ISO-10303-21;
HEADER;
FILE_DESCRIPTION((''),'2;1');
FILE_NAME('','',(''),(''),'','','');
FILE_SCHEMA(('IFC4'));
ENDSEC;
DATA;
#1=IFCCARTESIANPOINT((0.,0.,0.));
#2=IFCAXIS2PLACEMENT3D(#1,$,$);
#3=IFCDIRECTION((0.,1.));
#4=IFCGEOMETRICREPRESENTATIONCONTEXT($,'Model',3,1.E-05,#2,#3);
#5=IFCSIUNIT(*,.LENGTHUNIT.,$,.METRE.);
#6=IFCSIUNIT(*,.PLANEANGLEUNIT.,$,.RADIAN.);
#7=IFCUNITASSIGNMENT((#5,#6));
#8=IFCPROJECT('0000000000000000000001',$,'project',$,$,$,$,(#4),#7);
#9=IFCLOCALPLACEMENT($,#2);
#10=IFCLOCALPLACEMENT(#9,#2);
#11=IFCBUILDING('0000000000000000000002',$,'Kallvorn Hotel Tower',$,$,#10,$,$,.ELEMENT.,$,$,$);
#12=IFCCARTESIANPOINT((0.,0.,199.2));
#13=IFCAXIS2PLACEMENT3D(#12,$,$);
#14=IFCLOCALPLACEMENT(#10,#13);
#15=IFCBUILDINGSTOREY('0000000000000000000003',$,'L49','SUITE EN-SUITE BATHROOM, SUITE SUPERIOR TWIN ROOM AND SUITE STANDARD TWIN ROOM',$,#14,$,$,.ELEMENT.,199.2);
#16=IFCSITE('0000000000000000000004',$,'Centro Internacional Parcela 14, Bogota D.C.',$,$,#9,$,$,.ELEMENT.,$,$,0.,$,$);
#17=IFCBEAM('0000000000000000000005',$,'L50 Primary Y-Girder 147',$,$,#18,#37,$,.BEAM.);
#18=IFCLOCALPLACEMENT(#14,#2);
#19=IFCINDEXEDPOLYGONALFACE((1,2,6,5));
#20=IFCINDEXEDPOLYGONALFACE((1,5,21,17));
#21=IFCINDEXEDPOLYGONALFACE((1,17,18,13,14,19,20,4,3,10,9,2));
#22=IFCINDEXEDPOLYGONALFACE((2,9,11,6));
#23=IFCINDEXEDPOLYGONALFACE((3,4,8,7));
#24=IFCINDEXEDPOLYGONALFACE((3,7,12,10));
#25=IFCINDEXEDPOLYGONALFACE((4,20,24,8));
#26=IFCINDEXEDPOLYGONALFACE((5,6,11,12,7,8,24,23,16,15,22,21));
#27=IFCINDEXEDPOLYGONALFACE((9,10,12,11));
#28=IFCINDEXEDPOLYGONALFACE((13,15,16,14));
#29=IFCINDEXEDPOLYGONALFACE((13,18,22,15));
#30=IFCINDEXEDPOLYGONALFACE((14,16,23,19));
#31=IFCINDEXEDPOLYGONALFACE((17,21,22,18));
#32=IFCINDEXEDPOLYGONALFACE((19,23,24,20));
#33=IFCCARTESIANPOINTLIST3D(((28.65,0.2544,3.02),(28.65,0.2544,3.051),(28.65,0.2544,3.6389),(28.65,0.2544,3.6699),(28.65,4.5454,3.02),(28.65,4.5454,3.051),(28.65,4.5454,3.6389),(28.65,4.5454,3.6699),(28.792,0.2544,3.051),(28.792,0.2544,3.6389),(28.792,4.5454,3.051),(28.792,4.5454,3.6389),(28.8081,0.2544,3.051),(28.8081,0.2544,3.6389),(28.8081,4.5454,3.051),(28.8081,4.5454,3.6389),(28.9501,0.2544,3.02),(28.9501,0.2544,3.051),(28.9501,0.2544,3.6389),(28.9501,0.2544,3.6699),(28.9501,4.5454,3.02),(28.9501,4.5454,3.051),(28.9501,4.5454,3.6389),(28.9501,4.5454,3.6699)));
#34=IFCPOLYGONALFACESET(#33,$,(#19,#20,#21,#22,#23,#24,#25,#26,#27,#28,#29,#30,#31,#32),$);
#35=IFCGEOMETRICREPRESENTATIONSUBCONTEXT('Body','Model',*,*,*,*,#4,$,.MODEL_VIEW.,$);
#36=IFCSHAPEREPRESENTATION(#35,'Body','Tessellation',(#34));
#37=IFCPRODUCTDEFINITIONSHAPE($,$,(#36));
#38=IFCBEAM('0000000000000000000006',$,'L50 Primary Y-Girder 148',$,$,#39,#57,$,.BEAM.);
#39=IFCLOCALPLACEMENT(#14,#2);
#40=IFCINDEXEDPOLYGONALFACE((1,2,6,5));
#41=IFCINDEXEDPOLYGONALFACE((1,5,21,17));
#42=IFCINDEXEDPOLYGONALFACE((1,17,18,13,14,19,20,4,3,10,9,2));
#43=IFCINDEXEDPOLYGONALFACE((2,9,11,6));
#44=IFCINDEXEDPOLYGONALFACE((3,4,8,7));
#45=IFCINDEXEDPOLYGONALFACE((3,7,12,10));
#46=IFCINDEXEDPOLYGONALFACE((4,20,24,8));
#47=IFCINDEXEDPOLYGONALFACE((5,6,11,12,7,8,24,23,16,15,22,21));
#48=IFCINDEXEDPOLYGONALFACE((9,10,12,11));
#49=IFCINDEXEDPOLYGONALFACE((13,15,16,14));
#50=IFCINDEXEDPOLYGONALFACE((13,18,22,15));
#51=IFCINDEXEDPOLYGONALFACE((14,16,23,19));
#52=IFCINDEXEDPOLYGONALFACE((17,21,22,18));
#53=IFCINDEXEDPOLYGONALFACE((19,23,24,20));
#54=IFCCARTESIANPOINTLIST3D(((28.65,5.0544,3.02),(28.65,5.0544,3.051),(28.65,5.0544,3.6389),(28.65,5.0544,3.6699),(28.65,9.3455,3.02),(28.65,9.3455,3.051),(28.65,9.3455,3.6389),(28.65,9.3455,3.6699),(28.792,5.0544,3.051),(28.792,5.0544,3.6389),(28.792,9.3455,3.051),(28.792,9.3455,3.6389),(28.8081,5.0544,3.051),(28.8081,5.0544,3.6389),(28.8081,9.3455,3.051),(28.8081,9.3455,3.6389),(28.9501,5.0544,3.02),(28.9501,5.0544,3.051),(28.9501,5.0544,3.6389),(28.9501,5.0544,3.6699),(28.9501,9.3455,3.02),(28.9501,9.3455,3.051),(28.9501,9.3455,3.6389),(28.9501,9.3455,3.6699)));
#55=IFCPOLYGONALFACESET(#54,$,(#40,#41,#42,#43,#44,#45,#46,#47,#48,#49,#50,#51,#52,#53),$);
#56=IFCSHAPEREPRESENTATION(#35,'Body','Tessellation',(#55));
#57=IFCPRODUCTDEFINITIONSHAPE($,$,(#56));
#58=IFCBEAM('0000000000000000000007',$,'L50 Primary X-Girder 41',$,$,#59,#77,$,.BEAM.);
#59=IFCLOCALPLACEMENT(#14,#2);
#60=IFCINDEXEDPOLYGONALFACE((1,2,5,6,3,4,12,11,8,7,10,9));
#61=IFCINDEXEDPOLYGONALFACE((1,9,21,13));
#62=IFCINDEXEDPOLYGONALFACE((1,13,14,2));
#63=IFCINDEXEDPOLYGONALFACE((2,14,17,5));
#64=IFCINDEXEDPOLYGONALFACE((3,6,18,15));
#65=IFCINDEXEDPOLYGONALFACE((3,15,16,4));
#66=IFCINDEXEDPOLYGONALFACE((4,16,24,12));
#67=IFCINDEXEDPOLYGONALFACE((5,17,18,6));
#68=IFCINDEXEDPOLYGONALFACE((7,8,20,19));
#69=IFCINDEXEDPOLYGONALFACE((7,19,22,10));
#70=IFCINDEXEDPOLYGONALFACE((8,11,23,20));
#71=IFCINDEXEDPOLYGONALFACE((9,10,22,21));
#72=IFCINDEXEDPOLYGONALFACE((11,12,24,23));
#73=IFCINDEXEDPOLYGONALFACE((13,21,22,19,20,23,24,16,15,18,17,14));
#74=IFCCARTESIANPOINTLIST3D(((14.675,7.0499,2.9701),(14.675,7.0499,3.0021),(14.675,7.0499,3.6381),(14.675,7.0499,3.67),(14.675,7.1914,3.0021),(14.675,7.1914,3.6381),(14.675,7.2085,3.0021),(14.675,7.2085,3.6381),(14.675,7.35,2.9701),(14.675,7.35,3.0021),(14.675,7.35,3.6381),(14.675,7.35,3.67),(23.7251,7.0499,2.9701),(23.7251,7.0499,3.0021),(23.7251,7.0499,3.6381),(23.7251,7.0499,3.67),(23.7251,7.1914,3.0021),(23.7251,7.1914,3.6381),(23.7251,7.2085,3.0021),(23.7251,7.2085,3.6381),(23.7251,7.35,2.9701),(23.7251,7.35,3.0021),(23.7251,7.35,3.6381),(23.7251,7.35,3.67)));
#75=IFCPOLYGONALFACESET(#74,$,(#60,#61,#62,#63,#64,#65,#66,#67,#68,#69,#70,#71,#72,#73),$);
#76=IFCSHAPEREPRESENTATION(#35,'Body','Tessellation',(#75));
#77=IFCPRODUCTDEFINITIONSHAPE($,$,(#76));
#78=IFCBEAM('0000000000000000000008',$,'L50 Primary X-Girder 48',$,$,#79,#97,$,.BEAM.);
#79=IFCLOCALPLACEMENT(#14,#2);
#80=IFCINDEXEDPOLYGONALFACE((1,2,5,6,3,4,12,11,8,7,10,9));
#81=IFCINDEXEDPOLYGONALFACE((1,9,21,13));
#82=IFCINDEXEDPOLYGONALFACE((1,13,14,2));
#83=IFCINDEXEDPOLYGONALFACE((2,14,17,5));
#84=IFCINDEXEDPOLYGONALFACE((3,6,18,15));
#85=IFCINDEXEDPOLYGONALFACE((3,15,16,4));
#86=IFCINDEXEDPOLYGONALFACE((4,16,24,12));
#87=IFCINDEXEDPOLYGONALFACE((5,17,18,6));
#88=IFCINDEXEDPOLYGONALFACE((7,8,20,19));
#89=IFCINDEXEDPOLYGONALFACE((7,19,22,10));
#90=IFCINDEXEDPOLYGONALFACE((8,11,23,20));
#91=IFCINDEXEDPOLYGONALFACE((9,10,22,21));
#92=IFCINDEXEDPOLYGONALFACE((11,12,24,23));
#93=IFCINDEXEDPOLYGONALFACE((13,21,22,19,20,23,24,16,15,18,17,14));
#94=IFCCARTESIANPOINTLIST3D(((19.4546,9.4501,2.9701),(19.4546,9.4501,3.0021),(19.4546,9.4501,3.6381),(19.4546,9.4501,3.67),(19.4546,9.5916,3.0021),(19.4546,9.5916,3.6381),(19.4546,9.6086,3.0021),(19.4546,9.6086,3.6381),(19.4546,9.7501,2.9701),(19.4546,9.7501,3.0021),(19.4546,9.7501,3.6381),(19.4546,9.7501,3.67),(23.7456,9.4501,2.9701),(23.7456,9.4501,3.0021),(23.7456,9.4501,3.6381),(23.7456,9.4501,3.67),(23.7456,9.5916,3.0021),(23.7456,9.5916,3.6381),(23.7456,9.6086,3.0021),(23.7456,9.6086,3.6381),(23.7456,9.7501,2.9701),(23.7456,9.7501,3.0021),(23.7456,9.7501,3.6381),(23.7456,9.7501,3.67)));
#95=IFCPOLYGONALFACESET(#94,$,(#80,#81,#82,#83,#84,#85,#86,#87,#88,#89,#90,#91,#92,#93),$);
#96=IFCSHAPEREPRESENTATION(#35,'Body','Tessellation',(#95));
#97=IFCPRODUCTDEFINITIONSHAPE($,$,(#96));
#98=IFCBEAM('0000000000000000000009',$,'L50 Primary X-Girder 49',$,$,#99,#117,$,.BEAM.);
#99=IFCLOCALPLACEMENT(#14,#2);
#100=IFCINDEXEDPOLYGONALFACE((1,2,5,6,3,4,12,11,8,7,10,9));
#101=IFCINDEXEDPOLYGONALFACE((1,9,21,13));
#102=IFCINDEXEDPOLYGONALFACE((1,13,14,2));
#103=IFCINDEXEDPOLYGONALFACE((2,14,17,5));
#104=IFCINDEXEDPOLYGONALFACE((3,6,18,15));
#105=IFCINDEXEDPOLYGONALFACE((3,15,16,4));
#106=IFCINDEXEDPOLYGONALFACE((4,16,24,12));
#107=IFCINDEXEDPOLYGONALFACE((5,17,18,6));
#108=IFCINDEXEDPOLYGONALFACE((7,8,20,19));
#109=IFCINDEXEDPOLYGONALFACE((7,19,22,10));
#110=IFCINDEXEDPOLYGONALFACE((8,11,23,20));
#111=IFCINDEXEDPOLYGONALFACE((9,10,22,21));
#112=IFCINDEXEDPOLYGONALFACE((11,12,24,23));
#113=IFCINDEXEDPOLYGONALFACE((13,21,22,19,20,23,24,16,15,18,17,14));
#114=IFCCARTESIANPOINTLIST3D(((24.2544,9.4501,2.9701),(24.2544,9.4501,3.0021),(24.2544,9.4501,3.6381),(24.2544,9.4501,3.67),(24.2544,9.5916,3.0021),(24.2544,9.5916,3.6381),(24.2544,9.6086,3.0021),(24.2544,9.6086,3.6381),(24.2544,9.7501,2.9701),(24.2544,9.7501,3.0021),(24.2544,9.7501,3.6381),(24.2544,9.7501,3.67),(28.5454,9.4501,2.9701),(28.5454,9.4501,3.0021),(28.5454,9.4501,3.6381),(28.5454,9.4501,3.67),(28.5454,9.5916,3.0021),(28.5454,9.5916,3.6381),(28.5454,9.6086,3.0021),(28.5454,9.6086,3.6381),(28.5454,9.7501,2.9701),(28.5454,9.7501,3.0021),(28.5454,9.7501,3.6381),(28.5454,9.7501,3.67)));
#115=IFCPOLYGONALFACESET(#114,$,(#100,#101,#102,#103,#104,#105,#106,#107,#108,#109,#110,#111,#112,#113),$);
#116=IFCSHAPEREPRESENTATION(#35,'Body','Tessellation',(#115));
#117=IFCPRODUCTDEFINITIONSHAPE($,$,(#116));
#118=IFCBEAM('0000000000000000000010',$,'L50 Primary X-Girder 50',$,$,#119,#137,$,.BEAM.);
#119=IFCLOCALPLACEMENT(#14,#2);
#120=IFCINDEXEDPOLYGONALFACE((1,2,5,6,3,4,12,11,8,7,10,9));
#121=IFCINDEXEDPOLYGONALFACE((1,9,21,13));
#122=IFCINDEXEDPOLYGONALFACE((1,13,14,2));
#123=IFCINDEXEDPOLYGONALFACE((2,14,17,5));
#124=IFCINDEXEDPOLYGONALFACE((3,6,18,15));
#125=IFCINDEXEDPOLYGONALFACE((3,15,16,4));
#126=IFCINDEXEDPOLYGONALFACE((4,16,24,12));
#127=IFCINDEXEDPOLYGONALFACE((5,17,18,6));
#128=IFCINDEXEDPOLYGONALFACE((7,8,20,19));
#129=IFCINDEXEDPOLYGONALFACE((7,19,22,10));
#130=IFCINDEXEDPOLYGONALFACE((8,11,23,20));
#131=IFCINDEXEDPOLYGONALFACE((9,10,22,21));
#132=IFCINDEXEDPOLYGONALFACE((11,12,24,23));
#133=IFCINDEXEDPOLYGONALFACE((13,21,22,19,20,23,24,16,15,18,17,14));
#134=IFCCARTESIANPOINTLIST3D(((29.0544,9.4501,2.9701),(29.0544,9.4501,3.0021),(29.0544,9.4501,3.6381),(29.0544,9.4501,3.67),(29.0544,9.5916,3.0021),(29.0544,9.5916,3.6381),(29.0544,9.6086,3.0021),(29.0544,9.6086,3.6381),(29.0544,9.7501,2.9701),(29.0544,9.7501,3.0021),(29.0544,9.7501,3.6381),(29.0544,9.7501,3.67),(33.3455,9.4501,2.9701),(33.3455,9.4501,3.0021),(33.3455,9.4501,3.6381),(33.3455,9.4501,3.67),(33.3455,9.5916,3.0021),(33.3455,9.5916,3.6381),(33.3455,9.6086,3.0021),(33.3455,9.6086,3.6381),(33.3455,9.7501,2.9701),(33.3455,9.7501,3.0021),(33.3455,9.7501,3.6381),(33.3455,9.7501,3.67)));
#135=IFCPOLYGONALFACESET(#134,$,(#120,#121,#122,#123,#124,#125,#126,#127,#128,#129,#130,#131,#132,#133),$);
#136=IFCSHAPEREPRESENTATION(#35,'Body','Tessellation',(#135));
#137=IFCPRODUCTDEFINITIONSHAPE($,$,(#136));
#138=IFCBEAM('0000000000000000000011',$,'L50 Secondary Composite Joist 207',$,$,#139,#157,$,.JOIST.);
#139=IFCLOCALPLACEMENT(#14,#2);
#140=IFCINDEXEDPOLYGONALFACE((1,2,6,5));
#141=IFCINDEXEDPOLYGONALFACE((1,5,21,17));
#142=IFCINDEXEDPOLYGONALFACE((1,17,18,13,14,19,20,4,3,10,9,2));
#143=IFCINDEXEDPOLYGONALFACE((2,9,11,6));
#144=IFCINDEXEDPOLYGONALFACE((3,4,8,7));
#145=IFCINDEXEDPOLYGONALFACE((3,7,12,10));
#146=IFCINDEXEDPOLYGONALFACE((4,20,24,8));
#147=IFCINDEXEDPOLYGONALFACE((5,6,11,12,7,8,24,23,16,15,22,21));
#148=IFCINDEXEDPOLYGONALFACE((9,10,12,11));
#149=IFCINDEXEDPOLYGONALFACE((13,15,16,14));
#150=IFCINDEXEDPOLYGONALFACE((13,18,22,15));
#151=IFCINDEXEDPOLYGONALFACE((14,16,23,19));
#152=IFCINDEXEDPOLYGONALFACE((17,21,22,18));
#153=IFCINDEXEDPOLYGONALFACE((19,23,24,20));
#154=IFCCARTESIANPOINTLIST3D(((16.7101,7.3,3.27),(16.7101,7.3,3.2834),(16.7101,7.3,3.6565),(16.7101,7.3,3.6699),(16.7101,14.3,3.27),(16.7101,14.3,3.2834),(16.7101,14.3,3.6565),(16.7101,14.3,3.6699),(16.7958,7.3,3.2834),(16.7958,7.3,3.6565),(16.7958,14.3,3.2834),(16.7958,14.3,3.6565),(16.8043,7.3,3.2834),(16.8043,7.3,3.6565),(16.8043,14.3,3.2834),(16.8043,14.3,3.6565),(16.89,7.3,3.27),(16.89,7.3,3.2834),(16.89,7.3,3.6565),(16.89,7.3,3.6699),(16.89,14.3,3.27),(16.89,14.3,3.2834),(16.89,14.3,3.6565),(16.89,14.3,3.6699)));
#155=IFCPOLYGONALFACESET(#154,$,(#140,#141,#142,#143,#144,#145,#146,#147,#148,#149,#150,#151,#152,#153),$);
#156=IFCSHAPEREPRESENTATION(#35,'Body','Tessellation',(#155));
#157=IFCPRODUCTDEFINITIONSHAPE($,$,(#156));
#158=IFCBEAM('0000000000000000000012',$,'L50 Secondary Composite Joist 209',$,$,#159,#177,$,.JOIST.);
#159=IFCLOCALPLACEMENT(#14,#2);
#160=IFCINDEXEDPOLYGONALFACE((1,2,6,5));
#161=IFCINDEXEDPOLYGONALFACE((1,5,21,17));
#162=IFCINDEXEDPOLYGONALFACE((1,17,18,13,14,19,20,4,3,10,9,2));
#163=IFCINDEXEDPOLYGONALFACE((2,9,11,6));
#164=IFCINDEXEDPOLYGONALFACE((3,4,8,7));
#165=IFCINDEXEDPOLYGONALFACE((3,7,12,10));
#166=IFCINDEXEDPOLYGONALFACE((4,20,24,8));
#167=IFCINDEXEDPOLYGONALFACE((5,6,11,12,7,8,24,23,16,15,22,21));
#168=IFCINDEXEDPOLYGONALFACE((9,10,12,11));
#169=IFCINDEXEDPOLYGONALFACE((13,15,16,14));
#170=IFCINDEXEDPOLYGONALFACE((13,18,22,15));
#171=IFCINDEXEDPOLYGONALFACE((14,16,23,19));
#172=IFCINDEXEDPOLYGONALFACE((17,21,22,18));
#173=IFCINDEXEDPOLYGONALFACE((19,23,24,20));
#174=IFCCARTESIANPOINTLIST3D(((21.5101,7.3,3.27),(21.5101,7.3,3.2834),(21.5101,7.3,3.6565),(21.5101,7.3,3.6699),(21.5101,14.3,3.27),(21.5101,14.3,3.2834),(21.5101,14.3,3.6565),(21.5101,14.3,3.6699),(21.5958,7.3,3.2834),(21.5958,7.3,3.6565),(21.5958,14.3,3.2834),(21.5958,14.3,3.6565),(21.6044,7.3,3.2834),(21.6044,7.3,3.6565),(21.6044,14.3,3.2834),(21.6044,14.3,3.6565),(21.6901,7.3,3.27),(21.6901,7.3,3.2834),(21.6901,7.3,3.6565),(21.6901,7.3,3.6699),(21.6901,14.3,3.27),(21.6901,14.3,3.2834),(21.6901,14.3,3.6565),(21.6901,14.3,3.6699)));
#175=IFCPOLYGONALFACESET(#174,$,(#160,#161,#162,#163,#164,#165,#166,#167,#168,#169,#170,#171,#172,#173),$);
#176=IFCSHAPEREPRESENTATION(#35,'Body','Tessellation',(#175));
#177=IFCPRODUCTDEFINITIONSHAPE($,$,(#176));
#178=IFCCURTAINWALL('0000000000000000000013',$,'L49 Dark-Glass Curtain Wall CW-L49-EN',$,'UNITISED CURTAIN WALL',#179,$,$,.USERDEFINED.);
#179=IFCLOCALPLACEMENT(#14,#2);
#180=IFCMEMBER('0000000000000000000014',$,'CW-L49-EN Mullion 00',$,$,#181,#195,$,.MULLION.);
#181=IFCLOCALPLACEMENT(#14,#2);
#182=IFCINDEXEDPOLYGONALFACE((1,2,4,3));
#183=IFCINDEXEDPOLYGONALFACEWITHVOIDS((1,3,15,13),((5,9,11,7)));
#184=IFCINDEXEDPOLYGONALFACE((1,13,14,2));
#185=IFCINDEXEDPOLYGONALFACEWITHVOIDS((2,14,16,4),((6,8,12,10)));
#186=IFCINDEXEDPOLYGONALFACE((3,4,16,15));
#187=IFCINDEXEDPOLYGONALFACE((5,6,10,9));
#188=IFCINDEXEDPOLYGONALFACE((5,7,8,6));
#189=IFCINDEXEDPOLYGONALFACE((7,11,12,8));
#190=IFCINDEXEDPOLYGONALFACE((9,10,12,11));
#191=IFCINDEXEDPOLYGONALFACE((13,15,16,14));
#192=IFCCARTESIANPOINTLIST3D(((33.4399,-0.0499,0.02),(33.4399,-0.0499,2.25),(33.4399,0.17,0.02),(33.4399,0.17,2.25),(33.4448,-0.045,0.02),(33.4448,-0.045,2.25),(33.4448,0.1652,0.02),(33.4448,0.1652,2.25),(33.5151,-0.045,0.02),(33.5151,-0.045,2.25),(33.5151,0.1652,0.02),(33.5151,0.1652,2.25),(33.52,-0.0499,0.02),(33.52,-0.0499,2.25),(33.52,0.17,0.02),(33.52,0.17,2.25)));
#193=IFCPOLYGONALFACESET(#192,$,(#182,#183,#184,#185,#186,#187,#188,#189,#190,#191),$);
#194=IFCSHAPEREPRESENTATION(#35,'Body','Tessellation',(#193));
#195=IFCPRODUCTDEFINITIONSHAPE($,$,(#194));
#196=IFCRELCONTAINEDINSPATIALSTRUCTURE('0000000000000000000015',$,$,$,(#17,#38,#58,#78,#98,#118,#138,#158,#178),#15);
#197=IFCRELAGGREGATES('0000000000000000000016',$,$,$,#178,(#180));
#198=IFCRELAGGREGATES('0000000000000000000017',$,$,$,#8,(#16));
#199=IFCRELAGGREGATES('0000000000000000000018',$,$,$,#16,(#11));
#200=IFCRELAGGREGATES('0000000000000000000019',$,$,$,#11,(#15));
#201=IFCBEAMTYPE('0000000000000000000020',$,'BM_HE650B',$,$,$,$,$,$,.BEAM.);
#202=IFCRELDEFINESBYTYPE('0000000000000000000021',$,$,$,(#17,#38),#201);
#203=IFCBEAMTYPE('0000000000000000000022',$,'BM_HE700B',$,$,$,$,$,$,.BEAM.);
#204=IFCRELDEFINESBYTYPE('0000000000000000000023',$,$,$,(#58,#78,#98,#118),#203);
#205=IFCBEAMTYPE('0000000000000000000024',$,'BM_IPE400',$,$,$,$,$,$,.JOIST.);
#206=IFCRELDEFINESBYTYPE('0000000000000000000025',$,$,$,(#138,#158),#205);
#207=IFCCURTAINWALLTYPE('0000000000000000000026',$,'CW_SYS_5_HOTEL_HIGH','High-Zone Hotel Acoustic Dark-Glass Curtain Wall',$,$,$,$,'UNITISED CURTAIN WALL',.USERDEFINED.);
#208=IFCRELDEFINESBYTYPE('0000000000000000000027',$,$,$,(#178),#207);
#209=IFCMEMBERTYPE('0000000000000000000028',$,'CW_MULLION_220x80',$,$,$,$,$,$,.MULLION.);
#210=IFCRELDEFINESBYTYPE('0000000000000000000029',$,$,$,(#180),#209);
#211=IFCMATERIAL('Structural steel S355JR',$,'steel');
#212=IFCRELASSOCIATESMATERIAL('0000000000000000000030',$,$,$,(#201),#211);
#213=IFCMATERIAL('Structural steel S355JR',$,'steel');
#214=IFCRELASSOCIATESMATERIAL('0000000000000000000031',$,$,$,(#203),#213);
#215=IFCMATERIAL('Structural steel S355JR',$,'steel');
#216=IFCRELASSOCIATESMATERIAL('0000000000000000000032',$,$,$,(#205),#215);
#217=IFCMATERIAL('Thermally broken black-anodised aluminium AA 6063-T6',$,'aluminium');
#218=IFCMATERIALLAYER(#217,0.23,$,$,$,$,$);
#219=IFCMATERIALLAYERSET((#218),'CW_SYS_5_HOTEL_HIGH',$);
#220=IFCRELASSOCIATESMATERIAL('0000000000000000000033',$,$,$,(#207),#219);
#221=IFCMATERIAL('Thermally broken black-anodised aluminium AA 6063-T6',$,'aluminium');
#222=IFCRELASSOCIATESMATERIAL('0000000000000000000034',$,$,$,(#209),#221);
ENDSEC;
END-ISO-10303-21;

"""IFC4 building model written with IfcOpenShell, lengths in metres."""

from ifc_helpers import new_model, si_unit, direction, frame, origin, origin_2d, place, context, subcontext, project, spatial, hollow_rectangle, i_section, extrude, material, layer, layer_set, material_profile, profile_set, type_object, element, aggregate, save


model = new_model("IFC4")

# Units and contexts
model_context = context("Model", 3, precision=1e-05, world=origin(), true_north=direction((0.0, 1.0)))
body_context = subcontext(model_context, "Body", "Model", "MODEL_VIEW")
ifc_project = project(units=[si_unit("LENGTHUNIT", "METRE"), si_unit("PLANEANGLEUNIT", "RADIAN")], contexts=[model_context])

# Site, building, storey
site_placement = place(None, origin())
site = spatial("IfcSite", under=ifc_project, at=site_placement, Name="Centro Internacional Parcela 14, Bogota D.C.", CompositionType="ELEMENT", RefElevation=0.0)
building_placement = place(site_placement, origin())
building = spatial("IfcBuilding", under=site, at=building_placement, Name="Kallvorn Hotel Tower", CompositionType="ELEMENT")
storey_placement = place(building_placement, frame((0.0, 0.0, 199.2)))
storey = spatial("IfcBuildingStorey", under=building, at=storey_placement, Name="L49", Description="SUITE EN-SUITE BATHROOM, SUITE SUPERIOR TWIN ROOM AND SUITE STANDARD TWIN ROOM", CompositionType="ELEMENT", Elevation=199.2)

# Beams
ifc_material_1 = material(Name="Structural steel S355JR", Category="steel")
ifc_material_profile_1 = material_profile(ifc_material_1, i_section(OverallWidth=0.3, OverallDepth=0.6499, WebThickness=0.0161, FlangeThickness=0.031, at=origin_2d()), Name="HE 650 B")
ifc_profile_set_1 = profile_set([ifc_material_profile_1], Name="Structural steel S355JR")
beam_type_1 = type_object("IfcBeamType", Name="BM_HE650B", PredefinedType="BEAM", material=ifc_profile_set_1)
for number, where, z_axis, x_axis, name in (
    (1, (28.8, 0.2544, 3.345), (0.0, 1.0, 0.0), (-1.0, 0.0, 0.0), "L50 Primary Y-Girder 147"),
    (2, (28.8, 5.0544, 3.345), (0.0, 1.0, 0.0), (-1.0, 0.0, 0.0), "L50 Primary Y-Girder 148"),
):
    element("IfcBeam", number, at=place(storey_placement, frame(where, z_axis=z_axis, x_axis=x_axis)), inside=storey, type_object=beam_type_1, Name=name, PredefinedType="BEAM", context=body_context, shape_type="SweptSolid", body=[
        extrude(i_section(OverallWidth=0.3, OverallDepth=0.6499, WebThickness=0.0161, FlangeThickness=0.031, at=origin_2d()), origin(), (0.0, 0.0, 1.0), 4.291),
    ])
ifc_material_2 = material(Name="Structural steel S355JR", Category="steel")
ifc_material_profile_2 = material_profile(ifc_material_2, i_section(OverallWidth=0.3, OverallDepth=0.7, WebThickness=0.0171, FlangeThickness=0.032, at=origin_2d()), Name="HE 700 B")
ifc_profile_set_2 = profile_set([ifc_material_profile_2], Name="Structural steel S355JR")
beam_type_2 = type_object("IfcBeamType", Name="BM_HE700B", PredefinedType="BEAM", material=ifc_profile_set_2)
beam_1_placement = place(storey_placement, frame((14.675, 7.2, 3.3201), z_axis=(1.0, 0.0, 0.0), x_axis=(0.0, 1.0, 0.0)))
element("IfcBeam", 3, at=beam_1_placement, inside=storey, type_object=beam_type_2, Name="L50 Primary X-Girder 41", PredefinedType="BEAM", context=body_context, shape_type="SweptSolid", body=[
    extrude(i_section(OverallWidth=0.3, OverallDepth=0.7, WebThickness=0.0171, FlangeThickness=0.032, at=origin_2d()), origin(), (0.0, 0.0, 1.0), 9.05),
])
for number, where, z_axis, x_axis, name in (
    (4, (19.4546, 9.6001, 3.3201), (1.0, 0.0, 0.0), (0.0, 1.0, 0.0), "L50 Primary X-Girder 48"),
    (5, (24.2544, 9.6001, 3.3201), (1.0, 0.0, 0.0), (0.0, 1.0, 0.0), "L50 Primary X-Girder 49"),
    (6, (29.0544, 9.6001, 3.3201), (1.0, 0.0, 0.0), (0.0, 1.0, 0.0), "L50 Primary X-Girder 50"),
):
    element("IfcBeam", number, at=place(storey_placement, frame(where, z_axis=z_axis, x_axis=x_axis)), inside=storey, type_object=beam_type_2, Name=name, PredefinedType="BEAM", context=body_context, shape_type="SweptSolid", body=[
        extrude(i_section(OverallWidth=0.3, OverallDepth=0.7, WebThickness=0.0171, FlangeThickness=0.032, at=origin_2d()), origin(), (0.0, 0.0, 1.0), 4.291),
    ])
ifc_material_3 = material(Name="Structural steel S355JR", Category="steel")
ifc_material_profile_3 = material_profile(ifc_material_3, i_section(OverallWidth=0.1799, OverallDepth=0.3999, WebThickness=0.0085, FlangeThickness=0.0134, at=origin_2d()), Name="IPE 400")
ifc_profile_set_3 = profile_set([ifc_material_profile_3], Name="Structural steel S355JR")
beam_type_3 = type_object("IfcBeamType", Name="BM_IPE400", PredefinedType="JOIST", material=ifc_profile_set_3)
for number, where, z_axis, x_axis, name in (
    (7, (16.8, 7.3, 3.47), (0.0, 1.0, 0.0), (-1.0, 0.0, 0.0), "L50 Secondary Composite Joist 207"),
    (8, (21.6001, 7.3, 3.47), (0.0, 1.0, 0.0), (-1.0, 0.0, 0.0), "L50 Secondary Composite Joist 209"),
):
    element("IfcBeam", number, at=place(storey_placement, frame(where, z_axis=z_axis, x_axis=x_axis)), inside=storey, type_object=beam_type_3, Name=name, PredefinedType="JOIST", context=body_context, shape_type="SweptSolid", body=[
        extrude(i_section(OverallWidth=0.1799, OverallDepth=0.3999, WebThickness=0.0085, FlangeThickness=0.0134, at=origin_2d()), origin(), (0.0, 0.0, 1.0), 7.0),
    ])

# Curtain wall, member
ifc_material_4 = material(Name="Thermally broken black-anodised aluminium AA 6063-T6", Category="aluminium")
ifc_layer_1 = layer(ifc_material_4, 0.23)
ifc_layer_set_1 = layer_set([ifc_layer_1], Name="CW_SYS_5_HOTEL_HIGH")
curtain_wall_type = type_object("IfcCurtainWallType", Name="CW_SYS_5_HOTEL_HIGH", Description="High-Zone Hotel Acoustic Dark-Glass Curtain Wall", ElementType="UNITISED CURTAIN WALL", PredefinedType="USERDEFINED", material=ifc_layer_set_1)
curtain_wall_placement = place(storey_placement, origin())
curtain_wall = element("IfcCurtainWall", 9, at=curtain_wall_placement, inside=storey, type_object=curtain_wall_type, Name="L49 Dark-Glass Curtain Wall CW-L49-EN", ObjectType="UNITISED CURTAIN WALL", PredefinedType="USERDEFINED")
ifc_material_5 = material(Name="Thermally broken black-anodised aluminium AA 6063-T6", Category="aluminium")
ifc_material_profile_4 = material_profile(ifc_material_5, hollow_rectangle(XDim=0.0801, YDim=0.22, WallThickness=0.0049, at=origin_2d()), Name="MUL 220x80")
ifc_profile_set_4 = profile_set([ifc_material_profile_4], Name="Thermally broken black-anodised aluminium AA 6063-T6")
member_type_1 = type_object("IfcMemberType", Name="CW_MULLION_220x80", PredefinedType="MULLION", material=ifc_profile_set_4)
member_1_placement = place(storey_placement, frame((33.48, 0.0601, 0.02), z_axis=(0.0, 0.0, 1.0), x_axis=(1.0, 0.0, 0.0)))
member_1 = element("IfcMember", 10, at=member_1_placement, type_object=member_type_1, Name="CW-L49-EN Mullion 00", PredefinedType="MULLION", context=body_context, shape_type="SweptSolid", body=[
    extrude(hollow_rectangle(XDim=0.0801, YDim=0.22, WallThickness=0.0049, at=origin_2d()), origin(), (0.0, 0.0, 1.0), 2.23),
])
aggregate(curtain_wall, [member_1])

save(model, "model.ifc")
